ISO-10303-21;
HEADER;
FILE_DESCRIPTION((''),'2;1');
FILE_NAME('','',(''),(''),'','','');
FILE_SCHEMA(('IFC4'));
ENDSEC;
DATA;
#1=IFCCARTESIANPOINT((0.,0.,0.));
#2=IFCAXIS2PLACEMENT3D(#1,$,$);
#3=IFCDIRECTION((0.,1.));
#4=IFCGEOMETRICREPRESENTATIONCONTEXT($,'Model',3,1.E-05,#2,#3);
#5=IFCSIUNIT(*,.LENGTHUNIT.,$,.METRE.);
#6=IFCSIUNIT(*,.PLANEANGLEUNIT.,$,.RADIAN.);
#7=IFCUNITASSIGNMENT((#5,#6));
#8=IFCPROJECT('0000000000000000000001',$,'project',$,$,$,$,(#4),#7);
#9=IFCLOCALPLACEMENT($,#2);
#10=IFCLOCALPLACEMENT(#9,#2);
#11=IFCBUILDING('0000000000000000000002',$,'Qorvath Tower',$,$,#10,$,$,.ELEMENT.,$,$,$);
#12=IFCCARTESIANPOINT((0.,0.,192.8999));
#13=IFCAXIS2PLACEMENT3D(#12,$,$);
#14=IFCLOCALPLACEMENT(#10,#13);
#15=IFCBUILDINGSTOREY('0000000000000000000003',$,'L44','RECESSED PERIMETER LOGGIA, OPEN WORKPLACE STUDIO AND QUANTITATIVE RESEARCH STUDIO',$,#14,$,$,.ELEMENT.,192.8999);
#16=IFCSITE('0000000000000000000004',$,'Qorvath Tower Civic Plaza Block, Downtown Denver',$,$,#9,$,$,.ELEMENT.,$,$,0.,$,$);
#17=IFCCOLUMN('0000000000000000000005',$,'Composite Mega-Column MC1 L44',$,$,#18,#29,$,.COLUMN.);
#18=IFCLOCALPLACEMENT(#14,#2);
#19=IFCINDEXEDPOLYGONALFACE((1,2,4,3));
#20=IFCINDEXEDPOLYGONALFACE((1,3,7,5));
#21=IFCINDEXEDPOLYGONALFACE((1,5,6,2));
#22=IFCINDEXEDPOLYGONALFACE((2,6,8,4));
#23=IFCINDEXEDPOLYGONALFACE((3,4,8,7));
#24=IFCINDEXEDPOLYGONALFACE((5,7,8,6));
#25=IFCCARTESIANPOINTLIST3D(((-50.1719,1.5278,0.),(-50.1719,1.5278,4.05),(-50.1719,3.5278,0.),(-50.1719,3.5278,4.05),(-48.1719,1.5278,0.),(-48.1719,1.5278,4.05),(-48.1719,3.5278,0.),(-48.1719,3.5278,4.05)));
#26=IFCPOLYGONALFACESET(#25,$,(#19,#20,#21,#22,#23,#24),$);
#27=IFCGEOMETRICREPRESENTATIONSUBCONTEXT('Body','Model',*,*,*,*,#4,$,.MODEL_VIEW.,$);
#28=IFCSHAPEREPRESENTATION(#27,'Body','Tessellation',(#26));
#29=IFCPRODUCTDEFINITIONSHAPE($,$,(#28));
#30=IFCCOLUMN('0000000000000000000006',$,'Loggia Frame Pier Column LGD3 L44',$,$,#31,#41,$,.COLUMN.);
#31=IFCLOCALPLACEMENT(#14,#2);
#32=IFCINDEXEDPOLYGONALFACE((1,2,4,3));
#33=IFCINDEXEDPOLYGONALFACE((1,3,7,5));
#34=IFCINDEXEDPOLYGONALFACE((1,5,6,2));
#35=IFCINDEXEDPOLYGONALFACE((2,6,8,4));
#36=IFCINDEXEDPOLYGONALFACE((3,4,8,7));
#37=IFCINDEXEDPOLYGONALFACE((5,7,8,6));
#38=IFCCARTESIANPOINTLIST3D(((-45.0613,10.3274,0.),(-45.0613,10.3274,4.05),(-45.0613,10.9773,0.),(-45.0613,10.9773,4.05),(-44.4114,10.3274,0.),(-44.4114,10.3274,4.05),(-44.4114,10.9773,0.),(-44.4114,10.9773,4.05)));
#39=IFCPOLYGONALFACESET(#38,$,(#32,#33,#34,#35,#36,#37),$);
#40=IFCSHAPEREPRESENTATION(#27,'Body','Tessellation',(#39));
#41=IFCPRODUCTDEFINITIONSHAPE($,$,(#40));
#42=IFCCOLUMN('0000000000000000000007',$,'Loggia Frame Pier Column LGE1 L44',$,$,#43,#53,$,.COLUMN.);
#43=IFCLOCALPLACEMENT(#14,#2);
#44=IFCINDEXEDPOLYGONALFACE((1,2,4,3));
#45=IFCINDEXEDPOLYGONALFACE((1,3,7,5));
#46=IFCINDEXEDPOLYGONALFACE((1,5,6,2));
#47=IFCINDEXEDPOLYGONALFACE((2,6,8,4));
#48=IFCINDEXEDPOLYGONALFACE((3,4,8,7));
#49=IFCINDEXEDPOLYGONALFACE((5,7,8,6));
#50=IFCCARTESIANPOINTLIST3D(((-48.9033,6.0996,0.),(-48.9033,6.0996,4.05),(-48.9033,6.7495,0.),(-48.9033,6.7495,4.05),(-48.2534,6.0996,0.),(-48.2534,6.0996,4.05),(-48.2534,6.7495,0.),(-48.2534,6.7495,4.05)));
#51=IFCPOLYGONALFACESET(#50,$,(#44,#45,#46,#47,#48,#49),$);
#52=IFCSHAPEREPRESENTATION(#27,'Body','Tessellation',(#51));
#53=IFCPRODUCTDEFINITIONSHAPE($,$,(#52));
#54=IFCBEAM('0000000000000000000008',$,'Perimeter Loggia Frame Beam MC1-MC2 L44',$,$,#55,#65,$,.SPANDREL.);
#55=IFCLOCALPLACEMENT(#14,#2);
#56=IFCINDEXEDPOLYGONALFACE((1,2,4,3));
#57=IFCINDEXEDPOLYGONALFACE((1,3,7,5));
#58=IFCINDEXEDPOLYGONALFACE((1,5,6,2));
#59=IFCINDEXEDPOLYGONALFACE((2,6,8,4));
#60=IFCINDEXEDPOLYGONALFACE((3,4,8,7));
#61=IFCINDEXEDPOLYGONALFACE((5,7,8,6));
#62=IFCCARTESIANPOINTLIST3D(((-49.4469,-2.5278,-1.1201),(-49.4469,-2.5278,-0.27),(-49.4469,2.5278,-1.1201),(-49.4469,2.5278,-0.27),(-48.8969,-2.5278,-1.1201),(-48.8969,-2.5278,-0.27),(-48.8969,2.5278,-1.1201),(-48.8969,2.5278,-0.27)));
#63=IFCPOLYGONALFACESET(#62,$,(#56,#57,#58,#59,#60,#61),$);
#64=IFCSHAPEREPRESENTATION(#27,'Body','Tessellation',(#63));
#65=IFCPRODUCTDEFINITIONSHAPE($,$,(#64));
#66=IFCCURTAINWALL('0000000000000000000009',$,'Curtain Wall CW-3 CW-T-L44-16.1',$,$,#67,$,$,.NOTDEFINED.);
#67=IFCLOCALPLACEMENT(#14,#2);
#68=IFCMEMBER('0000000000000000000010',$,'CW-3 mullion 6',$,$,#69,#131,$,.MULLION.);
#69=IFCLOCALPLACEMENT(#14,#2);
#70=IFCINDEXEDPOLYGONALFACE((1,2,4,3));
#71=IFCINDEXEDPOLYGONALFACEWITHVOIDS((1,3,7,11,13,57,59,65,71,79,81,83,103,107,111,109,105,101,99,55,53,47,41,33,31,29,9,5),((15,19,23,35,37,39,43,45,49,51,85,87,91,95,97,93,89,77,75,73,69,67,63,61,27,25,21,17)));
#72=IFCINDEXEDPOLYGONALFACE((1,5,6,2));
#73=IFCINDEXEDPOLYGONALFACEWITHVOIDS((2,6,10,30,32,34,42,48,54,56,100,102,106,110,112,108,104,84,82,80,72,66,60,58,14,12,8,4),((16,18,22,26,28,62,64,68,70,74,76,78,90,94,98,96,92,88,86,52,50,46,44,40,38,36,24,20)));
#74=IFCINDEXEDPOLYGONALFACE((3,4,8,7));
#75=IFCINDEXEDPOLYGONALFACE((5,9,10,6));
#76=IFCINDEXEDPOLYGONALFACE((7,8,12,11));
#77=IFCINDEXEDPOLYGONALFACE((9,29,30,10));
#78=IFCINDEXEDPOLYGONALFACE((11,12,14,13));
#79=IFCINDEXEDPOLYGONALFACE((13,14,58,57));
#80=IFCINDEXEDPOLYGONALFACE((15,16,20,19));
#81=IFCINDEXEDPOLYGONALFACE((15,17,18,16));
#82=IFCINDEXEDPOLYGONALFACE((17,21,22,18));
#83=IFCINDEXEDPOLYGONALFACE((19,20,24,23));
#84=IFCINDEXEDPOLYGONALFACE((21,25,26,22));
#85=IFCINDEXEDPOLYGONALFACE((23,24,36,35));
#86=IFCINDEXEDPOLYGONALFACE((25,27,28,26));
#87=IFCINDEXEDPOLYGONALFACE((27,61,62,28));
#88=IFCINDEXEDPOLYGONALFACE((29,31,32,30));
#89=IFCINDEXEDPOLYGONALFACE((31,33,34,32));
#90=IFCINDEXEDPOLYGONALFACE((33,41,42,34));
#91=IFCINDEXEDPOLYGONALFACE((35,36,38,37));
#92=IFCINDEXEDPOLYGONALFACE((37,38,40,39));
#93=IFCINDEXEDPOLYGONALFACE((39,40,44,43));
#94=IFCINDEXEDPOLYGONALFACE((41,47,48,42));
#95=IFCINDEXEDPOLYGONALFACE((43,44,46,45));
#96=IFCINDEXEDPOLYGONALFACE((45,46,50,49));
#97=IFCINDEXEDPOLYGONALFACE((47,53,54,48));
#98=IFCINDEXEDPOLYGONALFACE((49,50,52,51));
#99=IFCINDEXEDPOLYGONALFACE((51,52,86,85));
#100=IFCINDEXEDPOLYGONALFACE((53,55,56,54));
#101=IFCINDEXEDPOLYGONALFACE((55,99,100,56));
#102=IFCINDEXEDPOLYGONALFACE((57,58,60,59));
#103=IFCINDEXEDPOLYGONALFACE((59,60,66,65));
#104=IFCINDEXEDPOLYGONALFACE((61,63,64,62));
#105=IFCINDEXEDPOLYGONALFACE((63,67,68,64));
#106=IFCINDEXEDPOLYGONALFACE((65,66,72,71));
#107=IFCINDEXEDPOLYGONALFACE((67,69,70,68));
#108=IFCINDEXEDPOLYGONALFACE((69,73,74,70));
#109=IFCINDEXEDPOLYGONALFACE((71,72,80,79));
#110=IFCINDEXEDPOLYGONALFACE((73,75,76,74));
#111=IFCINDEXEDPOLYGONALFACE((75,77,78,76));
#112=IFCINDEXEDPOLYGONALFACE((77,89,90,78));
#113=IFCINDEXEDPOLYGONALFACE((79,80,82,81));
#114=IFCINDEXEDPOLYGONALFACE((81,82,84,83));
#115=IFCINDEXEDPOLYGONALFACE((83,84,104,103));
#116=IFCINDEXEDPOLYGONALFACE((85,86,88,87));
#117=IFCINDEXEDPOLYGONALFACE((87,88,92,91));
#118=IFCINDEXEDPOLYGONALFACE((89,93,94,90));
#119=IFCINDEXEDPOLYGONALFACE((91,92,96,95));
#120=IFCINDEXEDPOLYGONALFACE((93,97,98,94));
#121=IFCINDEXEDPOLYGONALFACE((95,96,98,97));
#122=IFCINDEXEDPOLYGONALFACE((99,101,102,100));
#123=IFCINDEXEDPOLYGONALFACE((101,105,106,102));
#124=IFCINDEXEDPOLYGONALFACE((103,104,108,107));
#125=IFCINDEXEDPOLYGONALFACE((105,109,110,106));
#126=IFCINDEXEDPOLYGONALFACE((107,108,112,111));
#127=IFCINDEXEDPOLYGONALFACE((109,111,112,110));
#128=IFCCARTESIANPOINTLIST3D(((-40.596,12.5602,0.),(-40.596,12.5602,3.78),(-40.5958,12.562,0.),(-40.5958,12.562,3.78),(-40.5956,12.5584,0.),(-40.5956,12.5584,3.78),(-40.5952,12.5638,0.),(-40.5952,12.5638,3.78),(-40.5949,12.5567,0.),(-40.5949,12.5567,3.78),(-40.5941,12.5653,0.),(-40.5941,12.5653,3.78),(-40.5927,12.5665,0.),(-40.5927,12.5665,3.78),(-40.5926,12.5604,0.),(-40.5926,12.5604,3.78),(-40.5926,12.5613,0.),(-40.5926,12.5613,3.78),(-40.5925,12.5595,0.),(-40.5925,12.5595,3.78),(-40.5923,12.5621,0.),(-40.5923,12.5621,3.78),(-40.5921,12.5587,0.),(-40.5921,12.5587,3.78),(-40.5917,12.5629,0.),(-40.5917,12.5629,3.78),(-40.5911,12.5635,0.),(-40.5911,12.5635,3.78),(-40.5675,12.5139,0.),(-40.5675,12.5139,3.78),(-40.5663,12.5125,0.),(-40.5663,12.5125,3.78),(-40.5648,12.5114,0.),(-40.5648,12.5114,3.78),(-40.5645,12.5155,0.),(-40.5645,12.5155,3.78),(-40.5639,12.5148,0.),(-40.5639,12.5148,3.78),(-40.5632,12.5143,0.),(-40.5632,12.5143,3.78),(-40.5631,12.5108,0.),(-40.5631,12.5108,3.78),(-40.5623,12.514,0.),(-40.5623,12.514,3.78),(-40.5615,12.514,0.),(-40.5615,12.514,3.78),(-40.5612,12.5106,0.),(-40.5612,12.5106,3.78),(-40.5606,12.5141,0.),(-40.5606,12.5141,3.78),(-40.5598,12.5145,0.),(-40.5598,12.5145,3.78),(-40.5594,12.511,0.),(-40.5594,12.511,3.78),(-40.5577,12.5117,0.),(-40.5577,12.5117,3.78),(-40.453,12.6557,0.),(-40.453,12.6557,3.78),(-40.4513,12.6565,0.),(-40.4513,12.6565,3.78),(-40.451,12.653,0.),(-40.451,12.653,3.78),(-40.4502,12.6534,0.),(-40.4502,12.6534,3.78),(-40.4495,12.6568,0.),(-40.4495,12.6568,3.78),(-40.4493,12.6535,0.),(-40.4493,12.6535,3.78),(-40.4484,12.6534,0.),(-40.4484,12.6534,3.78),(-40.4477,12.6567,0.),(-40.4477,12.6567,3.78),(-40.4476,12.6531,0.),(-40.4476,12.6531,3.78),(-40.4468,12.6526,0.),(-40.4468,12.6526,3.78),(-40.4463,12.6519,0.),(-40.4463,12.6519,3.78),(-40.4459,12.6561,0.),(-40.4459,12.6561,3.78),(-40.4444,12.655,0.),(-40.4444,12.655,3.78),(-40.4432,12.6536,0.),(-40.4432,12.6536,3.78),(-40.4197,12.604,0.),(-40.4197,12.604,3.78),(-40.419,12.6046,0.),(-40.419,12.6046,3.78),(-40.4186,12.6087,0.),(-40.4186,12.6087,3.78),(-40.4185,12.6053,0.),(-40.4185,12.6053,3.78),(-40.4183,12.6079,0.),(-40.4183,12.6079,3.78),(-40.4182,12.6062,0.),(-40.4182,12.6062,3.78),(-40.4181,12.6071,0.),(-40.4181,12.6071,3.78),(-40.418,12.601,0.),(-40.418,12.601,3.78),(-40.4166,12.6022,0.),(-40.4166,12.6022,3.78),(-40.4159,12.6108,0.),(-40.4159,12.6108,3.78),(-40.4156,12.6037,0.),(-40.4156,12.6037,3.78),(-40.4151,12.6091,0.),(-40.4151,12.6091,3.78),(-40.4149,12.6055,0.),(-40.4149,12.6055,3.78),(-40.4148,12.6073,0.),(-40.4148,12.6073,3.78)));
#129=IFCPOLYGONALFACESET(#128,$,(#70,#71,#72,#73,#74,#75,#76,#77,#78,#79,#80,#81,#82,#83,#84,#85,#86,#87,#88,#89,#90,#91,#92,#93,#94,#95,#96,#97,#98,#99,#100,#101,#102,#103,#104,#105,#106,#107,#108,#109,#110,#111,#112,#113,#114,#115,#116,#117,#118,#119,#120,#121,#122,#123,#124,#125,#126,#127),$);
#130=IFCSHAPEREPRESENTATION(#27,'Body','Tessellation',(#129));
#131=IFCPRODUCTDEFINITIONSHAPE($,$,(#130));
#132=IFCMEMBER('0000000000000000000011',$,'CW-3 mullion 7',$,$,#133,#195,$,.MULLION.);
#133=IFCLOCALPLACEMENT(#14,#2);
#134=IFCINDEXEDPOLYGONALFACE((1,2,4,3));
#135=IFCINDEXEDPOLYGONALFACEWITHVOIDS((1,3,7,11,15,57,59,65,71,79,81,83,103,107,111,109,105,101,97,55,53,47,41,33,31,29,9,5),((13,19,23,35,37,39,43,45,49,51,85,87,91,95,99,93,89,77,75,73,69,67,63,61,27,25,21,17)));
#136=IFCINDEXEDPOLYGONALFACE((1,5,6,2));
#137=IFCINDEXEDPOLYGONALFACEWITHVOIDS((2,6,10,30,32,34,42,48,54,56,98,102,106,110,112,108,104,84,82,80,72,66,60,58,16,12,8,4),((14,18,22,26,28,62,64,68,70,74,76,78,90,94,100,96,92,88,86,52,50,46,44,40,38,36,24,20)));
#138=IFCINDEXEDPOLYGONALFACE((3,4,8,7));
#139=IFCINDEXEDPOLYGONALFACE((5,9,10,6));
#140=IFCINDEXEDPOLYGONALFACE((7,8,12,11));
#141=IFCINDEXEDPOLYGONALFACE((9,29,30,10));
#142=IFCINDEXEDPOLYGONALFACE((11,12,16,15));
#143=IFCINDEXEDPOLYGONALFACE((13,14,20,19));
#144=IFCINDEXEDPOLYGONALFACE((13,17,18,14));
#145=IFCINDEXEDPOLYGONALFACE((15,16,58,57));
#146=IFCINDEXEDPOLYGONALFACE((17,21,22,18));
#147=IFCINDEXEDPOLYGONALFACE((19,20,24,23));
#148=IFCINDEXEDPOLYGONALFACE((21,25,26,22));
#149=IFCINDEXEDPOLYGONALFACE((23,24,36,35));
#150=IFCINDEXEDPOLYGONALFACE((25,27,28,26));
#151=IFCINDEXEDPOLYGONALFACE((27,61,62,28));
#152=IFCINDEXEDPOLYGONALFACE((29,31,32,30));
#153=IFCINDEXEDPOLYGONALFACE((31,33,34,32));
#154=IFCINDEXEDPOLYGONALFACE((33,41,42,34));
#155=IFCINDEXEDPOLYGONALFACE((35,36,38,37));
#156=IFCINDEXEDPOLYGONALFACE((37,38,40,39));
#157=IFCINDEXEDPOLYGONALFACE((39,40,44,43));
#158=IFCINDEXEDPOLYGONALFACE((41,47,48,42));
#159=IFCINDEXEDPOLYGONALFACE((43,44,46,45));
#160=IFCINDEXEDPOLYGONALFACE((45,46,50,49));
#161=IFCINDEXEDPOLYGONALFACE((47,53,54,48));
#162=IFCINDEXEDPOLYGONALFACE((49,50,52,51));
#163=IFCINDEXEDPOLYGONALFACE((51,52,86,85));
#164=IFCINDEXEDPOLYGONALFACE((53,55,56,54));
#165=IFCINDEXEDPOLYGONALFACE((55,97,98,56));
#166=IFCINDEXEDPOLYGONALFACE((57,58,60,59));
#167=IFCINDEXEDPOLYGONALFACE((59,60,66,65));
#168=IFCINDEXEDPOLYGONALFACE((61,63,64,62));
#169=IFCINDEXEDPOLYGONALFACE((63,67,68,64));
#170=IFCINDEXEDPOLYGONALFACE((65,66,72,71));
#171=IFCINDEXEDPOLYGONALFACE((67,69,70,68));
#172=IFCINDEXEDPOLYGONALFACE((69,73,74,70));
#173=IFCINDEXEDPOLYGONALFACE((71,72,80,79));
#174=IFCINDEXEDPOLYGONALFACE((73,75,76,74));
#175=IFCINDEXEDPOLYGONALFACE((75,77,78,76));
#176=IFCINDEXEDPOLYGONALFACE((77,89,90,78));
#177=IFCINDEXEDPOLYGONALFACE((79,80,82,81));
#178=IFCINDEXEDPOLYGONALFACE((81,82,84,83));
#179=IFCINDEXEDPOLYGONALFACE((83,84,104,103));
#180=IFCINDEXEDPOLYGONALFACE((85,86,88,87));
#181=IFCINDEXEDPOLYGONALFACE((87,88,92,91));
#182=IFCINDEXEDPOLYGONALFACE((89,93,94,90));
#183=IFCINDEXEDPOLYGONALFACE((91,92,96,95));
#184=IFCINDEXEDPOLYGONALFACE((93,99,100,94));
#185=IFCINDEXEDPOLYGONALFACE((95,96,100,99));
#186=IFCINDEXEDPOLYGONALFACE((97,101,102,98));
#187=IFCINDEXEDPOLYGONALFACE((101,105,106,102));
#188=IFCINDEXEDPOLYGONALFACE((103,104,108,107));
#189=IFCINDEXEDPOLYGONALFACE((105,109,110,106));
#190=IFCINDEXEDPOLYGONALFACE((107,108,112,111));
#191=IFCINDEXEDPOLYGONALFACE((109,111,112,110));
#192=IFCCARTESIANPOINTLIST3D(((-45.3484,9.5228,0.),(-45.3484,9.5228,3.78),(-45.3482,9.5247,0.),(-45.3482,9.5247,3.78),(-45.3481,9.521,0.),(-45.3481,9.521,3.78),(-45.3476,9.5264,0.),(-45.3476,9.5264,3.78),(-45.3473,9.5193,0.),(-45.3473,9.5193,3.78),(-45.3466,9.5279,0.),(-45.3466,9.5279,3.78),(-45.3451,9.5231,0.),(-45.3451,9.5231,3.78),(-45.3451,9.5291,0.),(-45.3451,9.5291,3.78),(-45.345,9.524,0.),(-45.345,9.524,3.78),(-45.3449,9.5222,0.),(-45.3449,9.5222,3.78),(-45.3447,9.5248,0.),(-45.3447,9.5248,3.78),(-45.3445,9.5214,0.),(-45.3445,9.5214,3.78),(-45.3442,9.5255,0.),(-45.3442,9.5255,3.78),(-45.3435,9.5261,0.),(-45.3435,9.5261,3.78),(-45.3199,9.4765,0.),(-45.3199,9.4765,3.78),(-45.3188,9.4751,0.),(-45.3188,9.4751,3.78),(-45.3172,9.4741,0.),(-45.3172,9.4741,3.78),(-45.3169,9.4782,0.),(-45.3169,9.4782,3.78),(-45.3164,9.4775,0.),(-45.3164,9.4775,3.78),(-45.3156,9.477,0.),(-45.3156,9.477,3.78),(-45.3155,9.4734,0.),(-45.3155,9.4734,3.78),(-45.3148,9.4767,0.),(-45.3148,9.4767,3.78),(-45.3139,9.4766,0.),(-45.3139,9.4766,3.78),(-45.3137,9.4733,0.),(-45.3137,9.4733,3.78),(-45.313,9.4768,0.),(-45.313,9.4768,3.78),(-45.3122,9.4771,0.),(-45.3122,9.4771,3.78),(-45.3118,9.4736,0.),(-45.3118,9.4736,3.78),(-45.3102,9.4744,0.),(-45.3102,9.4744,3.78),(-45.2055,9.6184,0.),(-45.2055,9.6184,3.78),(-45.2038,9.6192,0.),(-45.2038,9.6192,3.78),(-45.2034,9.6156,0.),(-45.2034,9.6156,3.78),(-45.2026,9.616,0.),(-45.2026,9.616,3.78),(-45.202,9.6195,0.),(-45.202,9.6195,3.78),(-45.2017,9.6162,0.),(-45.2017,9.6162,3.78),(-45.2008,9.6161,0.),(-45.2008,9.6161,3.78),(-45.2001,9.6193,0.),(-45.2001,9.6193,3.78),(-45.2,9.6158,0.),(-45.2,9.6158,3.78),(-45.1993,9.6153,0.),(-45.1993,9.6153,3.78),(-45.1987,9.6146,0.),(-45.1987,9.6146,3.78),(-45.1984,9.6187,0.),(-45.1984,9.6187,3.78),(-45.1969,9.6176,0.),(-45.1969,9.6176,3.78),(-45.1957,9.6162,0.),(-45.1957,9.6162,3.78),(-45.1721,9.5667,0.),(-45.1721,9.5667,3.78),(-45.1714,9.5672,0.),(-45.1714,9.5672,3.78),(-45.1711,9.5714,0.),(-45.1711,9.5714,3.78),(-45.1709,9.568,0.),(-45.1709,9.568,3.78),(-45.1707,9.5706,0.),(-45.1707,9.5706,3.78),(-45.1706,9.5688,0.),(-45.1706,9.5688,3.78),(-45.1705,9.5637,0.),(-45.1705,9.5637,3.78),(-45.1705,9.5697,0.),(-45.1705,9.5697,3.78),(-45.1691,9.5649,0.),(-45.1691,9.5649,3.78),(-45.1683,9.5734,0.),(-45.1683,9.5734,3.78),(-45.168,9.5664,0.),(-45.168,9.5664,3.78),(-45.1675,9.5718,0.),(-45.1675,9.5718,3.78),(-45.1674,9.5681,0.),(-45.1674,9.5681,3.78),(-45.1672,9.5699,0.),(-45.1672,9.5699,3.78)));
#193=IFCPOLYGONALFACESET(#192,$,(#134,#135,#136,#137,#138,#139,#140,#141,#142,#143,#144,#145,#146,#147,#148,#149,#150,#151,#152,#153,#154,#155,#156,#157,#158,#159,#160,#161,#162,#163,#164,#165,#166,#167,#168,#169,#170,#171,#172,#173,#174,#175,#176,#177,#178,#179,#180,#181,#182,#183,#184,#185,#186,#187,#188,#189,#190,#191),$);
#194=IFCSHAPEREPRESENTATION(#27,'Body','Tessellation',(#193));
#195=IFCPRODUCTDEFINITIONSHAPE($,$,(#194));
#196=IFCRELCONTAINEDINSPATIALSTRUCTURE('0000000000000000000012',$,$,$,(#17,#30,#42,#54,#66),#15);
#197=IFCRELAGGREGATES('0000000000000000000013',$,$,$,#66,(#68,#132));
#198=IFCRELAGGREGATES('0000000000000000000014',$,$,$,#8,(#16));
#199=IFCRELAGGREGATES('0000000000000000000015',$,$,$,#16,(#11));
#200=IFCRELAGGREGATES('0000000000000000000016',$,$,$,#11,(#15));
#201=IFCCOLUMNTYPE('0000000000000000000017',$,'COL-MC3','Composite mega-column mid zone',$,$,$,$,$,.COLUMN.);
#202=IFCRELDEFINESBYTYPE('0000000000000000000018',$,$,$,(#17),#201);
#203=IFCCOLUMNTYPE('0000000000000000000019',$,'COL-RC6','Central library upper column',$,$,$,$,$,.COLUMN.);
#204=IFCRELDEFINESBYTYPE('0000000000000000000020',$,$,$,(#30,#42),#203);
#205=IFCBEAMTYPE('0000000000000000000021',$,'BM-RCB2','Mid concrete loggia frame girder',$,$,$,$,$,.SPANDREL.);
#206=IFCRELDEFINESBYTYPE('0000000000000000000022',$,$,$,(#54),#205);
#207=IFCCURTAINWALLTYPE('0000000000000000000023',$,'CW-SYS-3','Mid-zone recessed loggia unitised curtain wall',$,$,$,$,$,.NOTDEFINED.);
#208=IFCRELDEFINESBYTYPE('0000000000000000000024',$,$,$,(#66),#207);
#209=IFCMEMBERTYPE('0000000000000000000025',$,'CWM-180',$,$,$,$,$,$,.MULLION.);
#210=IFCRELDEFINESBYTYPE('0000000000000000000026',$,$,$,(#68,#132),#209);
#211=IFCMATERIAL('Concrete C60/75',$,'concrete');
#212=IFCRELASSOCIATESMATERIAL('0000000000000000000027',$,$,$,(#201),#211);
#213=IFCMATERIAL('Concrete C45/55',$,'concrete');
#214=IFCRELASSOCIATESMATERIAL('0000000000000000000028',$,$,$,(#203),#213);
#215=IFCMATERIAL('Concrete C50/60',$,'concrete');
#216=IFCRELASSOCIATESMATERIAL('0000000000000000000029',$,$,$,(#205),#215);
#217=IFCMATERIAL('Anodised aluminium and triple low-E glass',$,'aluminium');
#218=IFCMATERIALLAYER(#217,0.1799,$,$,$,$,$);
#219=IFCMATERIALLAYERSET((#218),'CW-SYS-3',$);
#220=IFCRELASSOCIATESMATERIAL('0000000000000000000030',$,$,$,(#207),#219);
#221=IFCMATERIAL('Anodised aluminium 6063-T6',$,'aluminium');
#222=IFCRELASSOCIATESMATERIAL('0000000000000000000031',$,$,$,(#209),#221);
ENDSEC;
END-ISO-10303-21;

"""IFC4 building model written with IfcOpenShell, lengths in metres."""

from ifc_helpers import new_model, si_unit, direction, frame, origin, origin_2d, place, context, subcontext, project, spatial, rectangle, hollow_rectangle, extrude, material, layer, layer_set, material_profile, profile_set, type_object, element, aggregate, save


model = new_model("IFC4")

# Units and contexts
model_context = context("Model", 3, precision=1e-05, world=origin(), true_north=direction((0.0, 1.0)))
body_context = subcontext(model_context, "Body", "Model", "MODEL_VIEW")
ifc_project = project(units=[si_unit("LENGTHUNIT", "METRE"), si_unit("PLANEANGLEUNIT", "RADIAN")], contexts=[model_context])

# Site, building, storey
site_placement = place(None, origin())
site = spatial("IfcSite", under=ifc_project, at=site_placement, Name="Qorvath Tower Civic Plaza Block, Downtown Denver", CompositionType="ELEMENT", RefElevation=0.0)
building_placement = place(site_placement, origin())
building = spatial("IfcBuilding", under=site, at=building_placement, Name="Qorvath Tower", CompositionType="ELEMENT")
storey_placement = place(building_placement, frame((0.0, 0.0, 192.8999)))
storey = spatial("IfcBuildingStorey", under=building, at=storey_placement, Name="L44", Description="RECESSED PERIMETER LOGGIA, OPEN WORKPLACE STUDIO AND QUANTITATIVE RESEARCH STUDIO", CompositionType="ELEMENT", Elevation=192.8999)

# Columns
ifc_material_1 = material(Name="Concrete C60/75", Category="concrete")
ifc_material_profile_1 = material_profile(ifc_material_1, rectangle(XDim=2.0, YDim=2.0, at=origin_2d()), Name="MC 2000x2000")
ifc_profile_set_1 = profile_set([ifc_material_profile_1], Name="Concrete C60/75")
column_type_1 = type_object("IfcColumnType", Name="COL-MC3", Description="Composite mega-column mid zone", PredefinedType="COLUMN", material=ifc_profile_set_1)
column_placement = place(storey_placement, frame((-49.1719, 2.5278, 0.0), z_axis=(0.0, 0.0, 1.0), x_axis=(1.0, 0.0, 0.0)))
element("IfcColumn", 1, at=column_placement, inside=storey, type_object=column_type_1, Name="Composite Mega-Column MC1 L44", PredefinedType="COLUMN", context=body_context, shape_type="SweptSolid", body=[
    extrude(rectangle(XDim=2.0, YDim=2.0, at=origin_2d()), origin(), (0.0, 0.0, 1.0), 4.05),
])
ifc_material_2 = material(Name="Concrete C45/55", Category="concrete")
ifc_material_profile_2 = material_profile(ifc_material_2, rectangle(XDim=0.6499, YDim=0.6499, at=origin_2d()), Name="RC 650x650")
ifc_profile_set_2 = profile_set([ifc_material_profile_2], Name="Concrete C45/55")
column_type_2 = type_object("IfcColumnType", Name="COL-RC6", Description="Central library upper column", PredefinedType="COLUMN", material=ifc_profile_set_2)
for number, where, z_axis, x_axis, name in (
    (2, (-44.7363, 10.6523, 0.0), (0.0, 0.0, 1.0), (1.0, 0.0, 0.0), "Loggia Frame Pier Column LGD3 L44"),
    (3, (-48.5784, 6.4246, 0.0), (0.0, 0.0, 1.0), (1.0, 0.0, 0.0), "Loggia Frame Pier Column LGE1 L44"),
):
    element("IfcColumn", number, at=place(storey_placement, frame(where, z_axis=z_axis, x_axis=x_axis)), inside=storey, type_object=column_type_2, Name=name, PredefinedType="COLUMN", context=body_context, shape_type="SweptSolid", body=[
        extrude(rectangle(XDim=0.6499, YDim=0.6499, at=origin_2d()), origin(), (0.0, 0.0, 1.0), 4.05),
    ])

# Beam
ifc_material_3 = material(Name="Concrete C50/60", Category="concrete")
ifc_material_profile_3 = material_profile(ifc_material_3, rectangle(XDim=0.55, YDim=0.8501, at=origin_2d()), Name="RCB 850x550")
ifc_profile_set_3 = profile_set([ifc_material_profile_3], Name="Concrete C50/60")
beam_type = type_object("IfcBeamType", Name="BM-RCB2", Description="Mid concrete loggia frame girder", PredefinedType="SPANDREL", material=ifc_profile_set_3)
beam_placement = place(storey_placement, frame((-49.1719, 2.5278, -0.6951), z_axis=(0.0, -1.0, 0.0), x_axis=(1.0, 0.0, 0.0)))
element("IfcBeam", 4, at=beam_placement, inside=storey, type_object=beam_type, Name="Perimeter Loggia Frame Beam MC1-MC2 L44", PredefinedType="SPANDREL", context=body_context, shape_type="SweptSolid", body=[
    extrude(rectangle(XDim=0.55, YDim=0.8501, at=origin_2d()), origin(), (0.0, 0.0, 1.0), 5.0557),
])

# Curtain wall, members
ifc_material_4 = material(Name="Anodised aluminium and triple low-E glass", Category="aluminium")
ifc_layer_1 = layer(ifc_material_4, 0.1799)
ifc_layer_set_1 = layer_set([ifc_layer_1], Name="CW-SYS-3")
curtain_wall_type = type_object("IfcCurtainWallType", Name="CW-SYS-3", Description="Mid-zone recessed loggia unitised curtain wall", PredefinedType="NOTDEFINED", material=ifc_layer_set_1)
curtain_wall_placement = place(storey_placement, origin())
curtain_wall = element("IfcCurtainWall", 5, at=curtain_wall_placement, inside=storey, type_object=curtain_wall_type, Name="Curtain Wall CW-3 CW-T-L44-16.1", PredefinedType="NOTDEFINED")
ifc_material_5 = material(Name="Anodised aluminium 6063-T6", Category="aluminium")
ifc_material_profile_4 = material_profile(ifc_material_5, hollow_rectangle(XDim=0.0649, YDim=0.1799, WallThickness=0.0034, InnerFilletRadius=0.0034, OuterFilletRadius=0.0071, at=origin_2d()), Name="CWM 180x65")
ifc_profile_set_4 = profile_set([ifc_material_profile_4], Name="Anodised aluminium 6063-T6")
member_type_1 = type_object("IfcMemberType", Name="CWM-180", PredefinedType="MULLION", material=ifc_profile_set_4)
member_1_placement = place(storey_placement, frame((-40.5054, 12.5837, 0.0), z_axis=(0.0, 0.0, 1.0), x_axis=(0.538534, -0.842604, 0.0)))
member_1 = element("IfcMember", 6, at=member_1_placement, type_object=member_type_1, Name="CW-3 mullion 6", PredefinedType="MULLION", context=body_context, shape_type="SweptSolid", body=[
    extrude(hollow_rectangle(XDim=0.0649, YDim=0.1799, WallThickness=0.0034, InnerFilletRadius=0.0034, OuterFilletRadius=0.0071, at=origin_2d()), origin(), (0.0, 0.0, 1.0), 3.78),
])
member_2_placement = place(storey_placement, frame((-45.2578, 9.5464, 0.0), z_axis=(0.0, 0.0, 1.0), x_axis=(0.538534, -0.842604, 0.0)))
member_2 = element("IfcMember", 7, at=member_2_placement, type_object=member_type_1, Name="CW-3 mullion 7", PredefinedType="MULLION", context=body_context, shape_type="SweptSolid", body=[
    extrude(hollow_rectangle(XDim=0.0649, YDim=0.1799, WallThickness=0.0034, InnerFilletRadius=0.0034, OuterFilletRadius=0.0071, at=origin_2d()), origin(), (0.0, 0.0, 1.0), 3.78),
])
aggregate(curtain_wall, [member_1, member_2])

save(model, "model.ifc")
